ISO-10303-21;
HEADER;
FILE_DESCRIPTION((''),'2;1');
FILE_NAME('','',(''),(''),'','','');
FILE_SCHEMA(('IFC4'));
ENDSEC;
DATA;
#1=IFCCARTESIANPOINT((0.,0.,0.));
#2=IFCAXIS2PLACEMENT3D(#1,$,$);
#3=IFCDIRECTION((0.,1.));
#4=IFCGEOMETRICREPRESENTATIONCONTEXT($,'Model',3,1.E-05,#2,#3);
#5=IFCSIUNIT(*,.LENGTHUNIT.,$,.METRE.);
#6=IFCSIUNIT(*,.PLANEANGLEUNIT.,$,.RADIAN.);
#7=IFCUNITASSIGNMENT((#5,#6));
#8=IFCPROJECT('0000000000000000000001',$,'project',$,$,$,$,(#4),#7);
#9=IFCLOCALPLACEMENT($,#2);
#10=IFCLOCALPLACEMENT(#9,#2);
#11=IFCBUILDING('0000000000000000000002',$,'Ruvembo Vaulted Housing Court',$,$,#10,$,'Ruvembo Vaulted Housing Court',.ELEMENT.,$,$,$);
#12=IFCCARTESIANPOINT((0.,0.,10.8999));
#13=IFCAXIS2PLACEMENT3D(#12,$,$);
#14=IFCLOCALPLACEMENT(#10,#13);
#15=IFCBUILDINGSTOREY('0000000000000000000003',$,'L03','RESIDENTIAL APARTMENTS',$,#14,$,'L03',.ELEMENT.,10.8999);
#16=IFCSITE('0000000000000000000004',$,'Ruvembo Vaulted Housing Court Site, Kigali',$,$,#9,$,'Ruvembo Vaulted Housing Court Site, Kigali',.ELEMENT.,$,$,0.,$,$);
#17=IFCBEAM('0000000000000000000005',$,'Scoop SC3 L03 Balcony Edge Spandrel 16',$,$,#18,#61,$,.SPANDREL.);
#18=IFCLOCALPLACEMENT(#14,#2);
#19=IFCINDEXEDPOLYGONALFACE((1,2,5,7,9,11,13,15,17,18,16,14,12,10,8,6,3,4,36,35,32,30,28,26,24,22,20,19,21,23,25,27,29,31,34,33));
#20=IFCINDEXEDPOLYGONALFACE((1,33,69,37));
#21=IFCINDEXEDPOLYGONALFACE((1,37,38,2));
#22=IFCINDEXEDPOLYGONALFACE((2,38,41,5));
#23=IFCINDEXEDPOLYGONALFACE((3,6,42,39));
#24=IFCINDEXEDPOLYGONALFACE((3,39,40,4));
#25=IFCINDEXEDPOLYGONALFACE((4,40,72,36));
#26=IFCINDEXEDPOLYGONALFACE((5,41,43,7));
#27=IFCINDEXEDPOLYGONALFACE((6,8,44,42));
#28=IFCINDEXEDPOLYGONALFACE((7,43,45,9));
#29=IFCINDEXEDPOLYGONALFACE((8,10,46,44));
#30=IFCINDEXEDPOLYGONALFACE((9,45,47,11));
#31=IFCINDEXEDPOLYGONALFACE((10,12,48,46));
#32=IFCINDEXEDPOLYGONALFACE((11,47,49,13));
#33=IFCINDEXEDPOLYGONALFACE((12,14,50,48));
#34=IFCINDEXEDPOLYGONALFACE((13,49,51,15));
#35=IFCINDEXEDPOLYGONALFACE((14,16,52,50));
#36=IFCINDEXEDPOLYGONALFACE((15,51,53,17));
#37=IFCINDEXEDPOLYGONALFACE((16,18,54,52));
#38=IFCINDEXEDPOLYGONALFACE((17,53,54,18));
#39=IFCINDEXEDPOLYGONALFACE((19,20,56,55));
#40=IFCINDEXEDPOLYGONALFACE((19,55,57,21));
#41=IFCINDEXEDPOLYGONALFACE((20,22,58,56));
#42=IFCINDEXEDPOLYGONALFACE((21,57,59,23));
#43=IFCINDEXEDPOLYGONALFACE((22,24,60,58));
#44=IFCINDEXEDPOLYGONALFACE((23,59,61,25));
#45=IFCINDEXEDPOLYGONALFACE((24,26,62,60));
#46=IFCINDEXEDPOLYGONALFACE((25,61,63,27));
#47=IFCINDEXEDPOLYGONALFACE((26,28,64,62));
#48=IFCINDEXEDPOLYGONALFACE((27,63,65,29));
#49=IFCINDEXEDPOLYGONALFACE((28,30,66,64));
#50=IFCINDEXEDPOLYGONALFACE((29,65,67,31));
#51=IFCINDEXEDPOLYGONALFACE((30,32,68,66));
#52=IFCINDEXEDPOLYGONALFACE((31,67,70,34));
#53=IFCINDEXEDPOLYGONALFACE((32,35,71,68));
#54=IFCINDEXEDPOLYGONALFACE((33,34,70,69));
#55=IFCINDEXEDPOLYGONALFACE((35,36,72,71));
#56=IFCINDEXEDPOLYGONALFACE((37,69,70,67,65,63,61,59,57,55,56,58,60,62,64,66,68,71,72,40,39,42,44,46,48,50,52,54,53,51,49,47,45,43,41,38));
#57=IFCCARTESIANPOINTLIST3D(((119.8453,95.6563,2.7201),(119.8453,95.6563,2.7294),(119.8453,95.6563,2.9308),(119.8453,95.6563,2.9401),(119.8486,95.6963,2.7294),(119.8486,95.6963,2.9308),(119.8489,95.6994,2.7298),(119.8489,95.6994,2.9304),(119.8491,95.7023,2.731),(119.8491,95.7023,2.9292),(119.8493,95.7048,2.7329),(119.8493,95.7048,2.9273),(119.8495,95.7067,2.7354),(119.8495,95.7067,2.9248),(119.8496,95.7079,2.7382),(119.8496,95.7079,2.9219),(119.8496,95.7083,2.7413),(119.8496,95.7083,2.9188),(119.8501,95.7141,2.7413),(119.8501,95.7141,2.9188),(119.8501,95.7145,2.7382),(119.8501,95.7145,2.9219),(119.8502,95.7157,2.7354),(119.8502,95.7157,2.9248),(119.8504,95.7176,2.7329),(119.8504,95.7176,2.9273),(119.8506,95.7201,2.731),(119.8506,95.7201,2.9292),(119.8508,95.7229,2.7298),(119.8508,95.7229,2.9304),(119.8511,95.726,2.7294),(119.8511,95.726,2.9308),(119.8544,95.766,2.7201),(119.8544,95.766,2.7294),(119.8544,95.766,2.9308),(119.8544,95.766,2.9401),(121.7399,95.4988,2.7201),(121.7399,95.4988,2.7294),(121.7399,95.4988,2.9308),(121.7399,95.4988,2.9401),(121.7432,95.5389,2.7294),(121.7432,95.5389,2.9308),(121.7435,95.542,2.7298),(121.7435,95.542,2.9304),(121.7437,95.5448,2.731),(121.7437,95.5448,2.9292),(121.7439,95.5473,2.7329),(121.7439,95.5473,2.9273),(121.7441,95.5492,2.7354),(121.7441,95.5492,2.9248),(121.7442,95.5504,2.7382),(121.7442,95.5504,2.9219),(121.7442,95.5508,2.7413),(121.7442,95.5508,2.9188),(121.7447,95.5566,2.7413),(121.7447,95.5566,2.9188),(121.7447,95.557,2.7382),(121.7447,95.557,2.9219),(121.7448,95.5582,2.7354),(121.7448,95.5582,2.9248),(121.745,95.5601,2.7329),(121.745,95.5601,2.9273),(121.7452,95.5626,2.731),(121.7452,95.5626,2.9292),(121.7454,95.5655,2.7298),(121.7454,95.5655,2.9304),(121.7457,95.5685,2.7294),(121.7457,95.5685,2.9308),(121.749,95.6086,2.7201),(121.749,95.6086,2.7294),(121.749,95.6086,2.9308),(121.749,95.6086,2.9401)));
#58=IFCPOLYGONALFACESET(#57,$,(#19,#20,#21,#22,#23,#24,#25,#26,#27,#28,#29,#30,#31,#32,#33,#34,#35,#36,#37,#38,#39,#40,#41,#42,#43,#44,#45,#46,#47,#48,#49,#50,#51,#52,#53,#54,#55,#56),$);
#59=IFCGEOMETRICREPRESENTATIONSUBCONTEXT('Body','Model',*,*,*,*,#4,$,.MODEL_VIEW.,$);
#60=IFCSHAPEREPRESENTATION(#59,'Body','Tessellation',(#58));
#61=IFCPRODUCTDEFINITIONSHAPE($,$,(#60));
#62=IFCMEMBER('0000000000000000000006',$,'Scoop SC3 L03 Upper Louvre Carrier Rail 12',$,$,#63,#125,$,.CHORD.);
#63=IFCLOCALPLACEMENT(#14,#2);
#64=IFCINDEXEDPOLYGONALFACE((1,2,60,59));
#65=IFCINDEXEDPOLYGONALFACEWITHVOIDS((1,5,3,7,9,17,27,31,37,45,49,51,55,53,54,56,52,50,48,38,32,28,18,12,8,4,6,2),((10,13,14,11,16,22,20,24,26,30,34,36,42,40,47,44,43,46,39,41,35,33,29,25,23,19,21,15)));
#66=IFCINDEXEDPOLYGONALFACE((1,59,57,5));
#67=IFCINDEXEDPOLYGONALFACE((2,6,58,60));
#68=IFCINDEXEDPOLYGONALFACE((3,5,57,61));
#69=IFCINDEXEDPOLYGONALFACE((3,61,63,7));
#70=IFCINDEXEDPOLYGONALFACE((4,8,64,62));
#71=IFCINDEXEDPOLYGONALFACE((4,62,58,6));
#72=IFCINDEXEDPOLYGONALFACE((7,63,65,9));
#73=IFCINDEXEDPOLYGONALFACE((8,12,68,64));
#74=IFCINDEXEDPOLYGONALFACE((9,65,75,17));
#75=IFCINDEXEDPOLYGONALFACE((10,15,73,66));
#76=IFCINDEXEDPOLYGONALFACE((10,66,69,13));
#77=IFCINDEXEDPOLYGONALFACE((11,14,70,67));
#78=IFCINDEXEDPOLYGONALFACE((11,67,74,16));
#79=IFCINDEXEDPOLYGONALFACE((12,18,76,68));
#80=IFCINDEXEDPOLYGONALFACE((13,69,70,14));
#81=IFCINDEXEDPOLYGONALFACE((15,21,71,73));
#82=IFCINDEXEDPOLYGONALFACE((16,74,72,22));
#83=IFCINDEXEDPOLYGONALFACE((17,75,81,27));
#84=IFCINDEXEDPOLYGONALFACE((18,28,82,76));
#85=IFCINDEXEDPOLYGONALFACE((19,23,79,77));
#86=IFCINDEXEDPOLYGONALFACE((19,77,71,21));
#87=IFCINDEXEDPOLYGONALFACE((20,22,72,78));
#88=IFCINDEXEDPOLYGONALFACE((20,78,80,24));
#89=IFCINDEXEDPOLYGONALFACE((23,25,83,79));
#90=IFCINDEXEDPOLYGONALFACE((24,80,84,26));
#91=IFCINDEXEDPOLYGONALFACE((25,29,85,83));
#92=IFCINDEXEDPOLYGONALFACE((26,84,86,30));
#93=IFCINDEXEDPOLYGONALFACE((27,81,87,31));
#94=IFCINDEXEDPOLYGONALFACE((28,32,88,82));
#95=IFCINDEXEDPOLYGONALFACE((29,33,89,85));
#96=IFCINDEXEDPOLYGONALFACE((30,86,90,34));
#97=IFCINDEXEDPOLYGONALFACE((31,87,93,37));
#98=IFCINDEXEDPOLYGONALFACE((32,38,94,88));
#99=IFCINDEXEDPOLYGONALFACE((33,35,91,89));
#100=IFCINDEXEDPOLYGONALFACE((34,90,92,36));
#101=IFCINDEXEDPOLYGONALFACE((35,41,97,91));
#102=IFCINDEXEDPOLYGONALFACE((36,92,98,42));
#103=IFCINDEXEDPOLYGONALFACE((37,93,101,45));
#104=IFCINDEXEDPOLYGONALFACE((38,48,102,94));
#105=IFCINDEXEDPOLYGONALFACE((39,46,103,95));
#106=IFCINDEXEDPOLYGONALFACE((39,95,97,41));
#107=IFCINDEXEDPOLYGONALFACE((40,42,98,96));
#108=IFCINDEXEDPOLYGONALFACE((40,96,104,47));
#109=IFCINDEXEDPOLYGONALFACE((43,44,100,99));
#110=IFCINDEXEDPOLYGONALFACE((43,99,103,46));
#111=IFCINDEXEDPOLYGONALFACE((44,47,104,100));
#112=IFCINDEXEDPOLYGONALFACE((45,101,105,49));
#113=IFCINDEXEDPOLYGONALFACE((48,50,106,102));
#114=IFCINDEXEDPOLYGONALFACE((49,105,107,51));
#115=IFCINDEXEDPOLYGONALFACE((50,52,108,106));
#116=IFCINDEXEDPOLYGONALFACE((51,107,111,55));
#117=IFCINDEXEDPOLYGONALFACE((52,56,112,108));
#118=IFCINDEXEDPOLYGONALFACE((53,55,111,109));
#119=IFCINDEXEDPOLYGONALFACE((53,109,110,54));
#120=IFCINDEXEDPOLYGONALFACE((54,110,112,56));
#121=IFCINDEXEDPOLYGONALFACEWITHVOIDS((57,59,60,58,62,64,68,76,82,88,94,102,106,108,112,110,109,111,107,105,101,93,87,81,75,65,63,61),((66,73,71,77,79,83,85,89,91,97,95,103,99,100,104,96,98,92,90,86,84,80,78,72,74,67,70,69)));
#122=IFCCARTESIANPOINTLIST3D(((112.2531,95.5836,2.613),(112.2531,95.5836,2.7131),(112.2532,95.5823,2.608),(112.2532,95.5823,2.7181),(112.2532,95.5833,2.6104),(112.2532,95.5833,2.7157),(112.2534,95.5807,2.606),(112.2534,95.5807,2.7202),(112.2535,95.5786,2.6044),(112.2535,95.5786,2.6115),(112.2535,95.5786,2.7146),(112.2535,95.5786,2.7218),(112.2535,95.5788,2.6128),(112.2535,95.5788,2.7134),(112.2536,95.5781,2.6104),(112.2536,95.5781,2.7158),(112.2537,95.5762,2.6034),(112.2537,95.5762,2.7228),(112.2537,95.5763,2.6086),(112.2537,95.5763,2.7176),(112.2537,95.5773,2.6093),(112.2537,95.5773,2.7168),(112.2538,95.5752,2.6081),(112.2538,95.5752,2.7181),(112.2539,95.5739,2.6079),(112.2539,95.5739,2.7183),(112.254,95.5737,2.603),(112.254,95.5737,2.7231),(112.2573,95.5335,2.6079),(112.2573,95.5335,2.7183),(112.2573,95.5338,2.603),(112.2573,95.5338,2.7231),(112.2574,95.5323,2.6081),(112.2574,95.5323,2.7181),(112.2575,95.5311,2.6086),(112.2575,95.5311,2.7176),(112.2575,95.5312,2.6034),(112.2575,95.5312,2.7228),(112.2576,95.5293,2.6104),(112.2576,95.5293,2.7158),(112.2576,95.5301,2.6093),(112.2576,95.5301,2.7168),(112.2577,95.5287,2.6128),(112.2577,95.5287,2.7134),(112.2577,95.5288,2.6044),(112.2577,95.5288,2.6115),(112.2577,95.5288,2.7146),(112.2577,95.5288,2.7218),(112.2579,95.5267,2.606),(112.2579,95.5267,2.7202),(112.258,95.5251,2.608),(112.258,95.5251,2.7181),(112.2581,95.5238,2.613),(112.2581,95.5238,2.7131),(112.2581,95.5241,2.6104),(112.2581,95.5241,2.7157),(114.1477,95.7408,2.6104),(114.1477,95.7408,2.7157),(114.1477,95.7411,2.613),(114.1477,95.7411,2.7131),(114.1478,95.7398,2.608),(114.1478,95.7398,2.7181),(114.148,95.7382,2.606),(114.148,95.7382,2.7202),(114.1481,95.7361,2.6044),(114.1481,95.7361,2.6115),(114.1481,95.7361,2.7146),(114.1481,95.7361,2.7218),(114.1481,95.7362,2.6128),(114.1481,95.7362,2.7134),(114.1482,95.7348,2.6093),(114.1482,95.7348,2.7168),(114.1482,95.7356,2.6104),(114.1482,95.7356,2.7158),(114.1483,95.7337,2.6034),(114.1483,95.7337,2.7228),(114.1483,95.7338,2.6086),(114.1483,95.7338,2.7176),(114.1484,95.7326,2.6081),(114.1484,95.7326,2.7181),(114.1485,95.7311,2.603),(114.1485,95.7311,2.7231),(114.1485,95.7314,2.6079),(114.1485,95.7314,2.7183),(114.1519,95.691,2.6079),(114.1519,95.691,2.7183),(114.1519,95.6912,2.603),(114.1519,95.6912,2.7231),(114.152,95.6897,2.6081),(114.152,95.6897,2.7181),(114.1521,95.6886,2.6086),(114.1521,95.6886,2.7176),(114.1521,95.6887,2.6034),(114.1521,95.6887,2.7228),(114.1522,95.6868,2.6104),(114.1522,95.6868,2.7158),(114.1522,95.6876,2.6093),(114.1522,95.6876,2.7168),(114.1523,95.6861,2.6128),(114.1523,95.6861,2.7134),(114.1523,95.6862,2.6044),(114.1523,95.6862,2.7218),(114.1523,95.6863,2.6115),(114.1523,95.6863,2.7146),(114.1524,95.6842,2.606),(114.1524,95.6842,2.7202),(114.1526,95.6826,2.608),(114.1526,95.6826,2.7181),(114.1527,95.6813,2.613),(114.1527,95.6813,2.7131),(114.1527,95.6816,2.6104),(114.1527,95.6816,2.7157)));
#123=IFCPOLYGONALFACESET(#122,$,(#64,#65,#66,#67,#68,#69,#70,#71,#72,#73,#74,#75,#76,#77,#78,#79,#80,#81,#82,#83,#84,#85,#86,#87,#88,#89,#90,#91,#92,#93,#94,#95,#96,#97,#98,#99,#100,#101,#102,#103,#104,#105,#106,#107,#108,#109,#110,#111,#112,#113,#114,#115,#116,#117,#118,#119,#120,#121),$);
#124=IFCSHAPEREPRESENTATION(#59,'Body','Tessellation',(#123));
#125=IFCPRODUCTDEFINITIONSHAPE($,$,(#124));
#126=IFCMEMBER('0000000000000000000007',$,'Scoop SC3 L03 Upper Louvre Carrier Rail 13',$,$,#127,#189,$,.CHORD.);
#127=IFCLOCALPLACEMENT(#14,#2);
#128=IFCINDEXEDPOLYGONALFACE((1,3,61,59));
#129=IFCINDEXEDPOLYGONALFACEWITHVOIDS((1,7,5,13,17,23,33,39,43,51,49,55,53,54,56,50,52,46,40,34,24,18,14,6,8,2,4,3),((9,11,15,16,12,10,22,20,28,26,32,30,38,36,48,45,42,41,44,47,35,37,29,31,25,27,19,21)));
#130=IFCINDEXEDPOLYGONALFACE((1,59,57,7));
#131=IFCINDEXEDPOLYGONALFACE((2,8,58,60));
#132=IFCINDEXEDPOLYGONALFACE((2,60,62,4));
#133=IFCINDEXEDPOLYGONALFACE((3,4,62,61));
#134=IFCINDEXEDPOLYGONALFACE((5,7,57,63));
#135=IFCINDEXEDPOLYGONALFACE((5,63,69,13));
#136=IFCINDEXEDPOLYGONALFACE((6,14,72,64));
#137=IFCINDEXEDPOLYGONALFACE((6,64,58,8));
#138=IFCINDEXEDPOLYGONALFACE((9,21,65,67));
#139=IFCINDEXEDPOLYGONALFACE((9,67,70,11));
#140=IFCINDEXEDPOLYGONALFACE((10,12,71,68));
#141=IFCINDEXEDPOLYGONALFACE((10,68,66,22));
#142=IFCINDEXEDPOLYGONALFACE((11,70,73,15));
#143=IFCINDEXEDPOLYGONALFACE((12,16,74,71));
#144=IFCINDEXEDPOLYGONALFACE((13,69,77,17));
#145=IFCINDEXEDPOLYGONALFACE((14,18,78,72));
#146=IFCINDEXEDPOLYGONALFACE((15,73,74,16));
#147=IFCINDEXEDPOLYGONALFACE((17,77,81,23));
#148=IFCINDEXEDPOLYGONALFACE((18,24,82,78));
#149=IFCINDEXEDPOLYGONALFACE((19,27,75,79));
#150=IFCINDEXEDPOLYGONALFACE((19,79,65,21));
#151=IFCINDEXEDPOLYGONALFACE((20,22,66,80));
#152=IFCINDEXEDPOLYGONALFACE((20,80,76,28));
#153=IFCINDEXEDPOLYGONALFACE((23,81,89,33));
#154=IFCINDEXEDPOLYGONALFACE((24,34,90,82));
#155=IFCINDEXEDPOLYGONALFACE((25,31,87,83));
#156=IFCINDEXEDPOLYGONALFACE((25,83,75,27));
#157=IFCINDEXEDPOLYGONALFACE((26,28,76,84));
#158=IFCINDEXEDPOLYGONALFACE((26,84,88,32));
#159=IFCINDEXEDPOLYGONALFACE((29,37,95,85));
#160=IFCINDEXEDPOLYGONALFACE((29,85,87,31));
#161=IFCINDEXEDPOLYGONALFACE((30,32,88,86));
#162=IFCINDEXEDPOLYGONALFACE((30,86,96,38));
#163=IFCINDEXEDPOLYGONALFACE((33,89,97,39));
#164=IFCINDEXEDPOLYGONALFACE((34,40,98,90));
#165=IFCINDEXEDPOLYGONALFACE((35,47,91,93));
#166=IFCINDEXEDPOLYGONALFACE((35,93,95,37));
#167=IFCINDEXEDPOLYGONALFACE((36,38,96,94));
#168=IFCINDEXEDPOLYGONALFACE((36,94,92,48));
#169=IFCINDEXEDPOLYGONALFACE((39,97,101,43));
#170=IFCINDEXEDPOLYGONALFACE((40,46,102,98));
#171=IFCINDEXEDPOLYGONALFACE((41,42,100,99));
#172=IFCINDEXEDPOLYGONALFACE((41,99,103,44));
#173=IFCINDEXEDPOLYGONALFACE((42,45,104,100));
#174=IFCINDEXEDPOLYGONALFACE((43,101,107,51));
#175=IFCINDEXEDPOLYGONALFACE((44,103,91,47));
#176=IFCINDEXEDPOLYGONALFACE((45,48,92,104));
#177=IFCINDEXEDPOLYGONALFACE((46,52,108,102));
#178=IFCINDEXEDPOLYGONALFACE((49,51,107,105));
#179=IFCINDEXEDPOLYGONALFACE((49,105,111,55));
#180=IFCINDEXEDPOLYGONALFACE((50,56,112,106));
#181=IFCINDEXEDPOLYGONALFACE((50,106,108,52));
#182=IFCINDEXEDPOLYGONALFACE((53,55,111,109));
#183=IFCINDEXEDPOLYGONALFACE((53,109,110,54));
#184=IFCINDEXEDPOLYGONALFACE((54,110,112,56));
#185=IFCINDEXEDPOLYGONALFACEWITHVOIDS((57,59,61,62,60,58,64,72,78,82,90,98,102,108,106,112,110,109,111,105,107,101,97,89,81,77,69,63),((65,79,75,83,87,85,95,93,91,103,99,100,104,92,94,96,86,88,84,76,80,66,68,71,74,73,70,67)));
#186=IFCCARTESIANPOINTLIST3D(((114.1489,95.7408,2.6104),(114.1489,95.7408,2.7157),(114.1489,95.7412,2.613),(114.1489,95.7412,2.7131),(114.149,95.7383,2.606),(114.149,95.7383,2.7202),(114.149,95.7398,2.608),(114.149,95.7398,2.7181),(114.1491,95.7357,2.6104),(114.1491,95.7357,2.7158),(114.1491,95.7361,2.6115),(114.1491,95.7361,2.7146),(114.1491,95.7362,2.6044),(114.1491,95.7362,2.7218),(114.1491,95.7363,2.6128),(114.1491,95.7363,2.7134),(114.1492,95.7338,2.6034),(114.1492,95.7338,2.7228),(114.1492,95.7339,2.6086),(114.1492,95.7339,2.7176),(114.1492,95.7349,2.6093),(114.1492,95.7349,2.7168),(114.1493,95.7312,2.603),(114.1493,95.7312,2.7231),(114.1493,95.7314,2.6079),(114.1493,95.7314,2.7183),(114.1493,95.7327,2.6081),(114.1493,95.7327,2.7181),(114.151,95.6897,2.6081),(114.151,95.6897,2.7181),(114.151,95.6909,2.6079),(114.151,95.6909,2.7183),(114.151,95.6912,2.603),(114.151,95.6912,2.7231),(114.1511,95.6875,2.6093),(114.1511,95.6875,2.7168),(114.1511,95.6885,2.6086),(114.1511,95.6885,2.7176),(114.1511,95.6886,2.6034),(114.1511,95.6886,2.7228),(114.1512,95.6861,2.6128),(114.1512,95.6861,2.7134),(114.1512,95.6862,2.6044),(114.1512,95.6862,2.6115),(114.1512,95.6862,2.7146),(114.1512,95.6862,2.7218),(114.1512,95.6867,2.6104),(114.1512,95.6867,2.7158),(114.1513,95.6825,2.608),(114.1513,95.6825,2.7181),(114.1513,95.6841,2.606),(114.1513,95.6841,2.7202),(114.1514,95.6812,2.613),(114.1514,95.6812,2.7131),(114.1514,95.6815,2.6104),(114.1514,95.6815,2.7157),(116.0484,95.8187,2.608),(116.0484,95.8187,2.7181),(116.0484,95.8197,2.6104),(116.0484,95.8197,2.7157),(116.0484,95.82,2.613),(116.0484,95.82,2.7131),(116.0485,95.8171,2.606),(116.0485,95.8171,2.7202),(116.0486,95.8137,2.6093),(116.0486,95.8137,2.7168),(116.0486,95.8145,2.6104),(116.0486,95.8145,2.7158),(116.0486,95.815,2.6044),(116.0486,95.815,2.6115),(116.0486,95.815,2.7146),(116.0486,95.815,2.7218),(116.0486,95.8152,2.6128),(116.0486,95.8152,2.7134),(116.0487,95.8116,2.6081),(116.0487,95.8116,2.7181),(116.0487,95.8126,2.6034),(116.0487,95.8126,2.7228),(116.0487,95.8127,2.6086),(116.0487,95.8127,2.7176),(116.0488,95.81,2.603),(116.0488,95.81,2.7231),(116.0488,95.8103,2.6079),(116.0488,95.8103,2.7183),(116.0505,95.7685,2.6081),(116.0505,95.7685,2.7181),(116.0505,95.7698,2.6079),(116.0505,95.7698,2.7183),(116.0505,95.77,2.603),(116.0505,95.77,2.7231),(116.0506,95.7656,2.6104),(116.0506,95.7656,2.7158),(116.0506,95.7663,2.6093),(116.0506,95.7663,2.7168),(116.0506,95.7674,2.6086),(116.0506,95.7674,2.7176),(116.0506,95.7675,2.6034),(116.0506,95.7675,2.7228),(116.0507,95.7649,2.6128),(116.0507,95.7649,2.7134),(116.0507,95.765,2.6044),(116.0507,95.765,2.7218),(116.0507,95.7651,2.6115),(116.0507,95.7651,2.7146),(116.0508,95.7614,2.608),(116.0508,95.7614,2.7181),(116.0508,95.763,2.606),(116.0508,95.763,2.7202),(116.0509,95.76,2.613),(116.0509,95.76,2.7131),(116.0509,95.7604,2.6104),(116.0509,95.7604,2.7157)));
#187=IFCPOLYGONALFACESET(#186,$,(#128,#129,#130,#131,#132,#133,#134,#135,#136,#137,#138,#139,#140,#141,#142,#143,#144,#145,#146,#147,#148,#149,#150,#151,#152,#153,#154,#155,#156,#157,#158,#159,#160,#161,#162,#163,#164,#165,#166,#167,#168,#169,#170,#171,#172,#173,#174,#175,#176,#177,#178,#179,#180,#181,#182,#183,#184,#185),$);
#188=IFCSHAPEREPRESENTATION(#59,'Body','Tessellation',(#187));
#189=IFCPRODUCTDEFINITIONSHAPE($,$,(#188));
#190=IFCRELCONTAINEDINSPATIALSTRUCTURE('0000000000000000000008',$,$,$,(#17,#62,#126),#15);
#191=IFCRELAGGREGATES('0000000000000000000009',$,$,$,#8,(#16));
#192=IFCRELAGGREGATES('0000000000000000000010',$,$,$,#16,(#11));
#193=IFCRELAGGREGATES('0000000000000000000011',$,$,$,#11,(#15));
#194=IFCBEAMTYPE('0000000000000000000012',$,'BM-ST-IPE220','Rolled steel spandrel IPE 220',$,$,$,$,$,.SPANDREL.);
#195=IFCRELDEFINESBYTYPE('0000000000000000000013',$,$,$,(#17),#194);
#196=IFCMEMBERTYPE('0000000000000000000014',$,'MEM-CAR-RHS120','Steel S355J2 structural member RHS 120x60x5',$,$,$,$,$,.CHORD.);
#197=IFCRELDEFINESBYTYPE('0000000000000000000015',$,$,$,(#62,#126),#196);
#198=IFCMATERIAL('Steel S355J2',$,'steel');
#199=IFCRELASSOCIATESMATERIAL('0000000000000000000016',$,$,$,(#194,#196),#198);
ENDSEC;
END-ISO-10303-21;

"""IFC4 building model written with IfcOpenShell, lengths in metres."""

from ifc_helpers import new_model, si_unit, direction, frame, origin, origin_2d, place, context, subcontext, project, spatial, hollow_rectangle, i_section, extrude, material, material_profile, profile_set, type_object, element, save


model = new_model("IFC4")

# Units and contexts
model_context = context("Model", 3, precision=1e-05, world=origin(), true_north=direction((0.0, 1.0)))
body_context = subcontext(model_context, "Body", "Model", "MODEL_VIEW")
ifc_project = project(units=[si_unit("LENGTHUNIT", "METRE"), si_unit("PLANEANGLEUNIT", "RADIAN")], contexts=[model_context])

# Site, building, storey
site_placement = place(None, origin())
site = spatial("IfcSite", under=ifc_project, at=site_placement, Name="Ruvembo Vaulted Housing Court Site, Kigali", LongName="Ruvembo Vaulted Housing Court Site, Kigali", CompositionType="ELEMENT", RefElevation=0.0)
building_placement = place(site_placement, origin())
building = spatial("IfcBuilding", under=site, at=building_placement, Name="Ruvembo Vaulted Housing Court", LongName="Ruvembo Vaulted Housing Court", CompositionType="ELEMENT")
storey_placement = place(building_placement, frame((0.0, 0.0, 10.8999)))
storey = spatial("IfcBuildingStorey", under=building, at=storey_placement, Name="L03", Description="RESIDENTIAL APARTMENTS", LongName="L03", CompositionType="ELEMENT", Elevation=10.8999)

# Beam
ifc_material_1 = material(Name="Steel S355J2", Category="steel")
ifc_material_profile_1 = material_profile(ifc_material_1, i_section(OverallWidth=0.1101, OverallDepth=0.22, WebThickness=0.0059, FlangeThickness=0.0093, FilletRadius=0.012, at=origin_2d()), Name="IPE 220")
ifc_profile_set_1 = profile_set([ifc_material_profile_1], Name="Steel S355J2")
beam_type = type_object("IfcBeamType", Name="BM-ST-IPE220", Description="Rolled steel spandrel IPE 220", PredefinedType="SPANDREL", material=ifc_profile_set_1)
for number, where, z_axis, x_axis, name in (
    (1, (119.8499, 95.7112, 2.8301), (0.996563, -0.082833, 0.0), (0.082833, 0.996563, 0.0), "Scoop SC3 L03 Balcony Edge Spandrel 16"),
):
    element("IfcBeam", number, at=place(storey_placement, frame(where, z_axis=z_axis, x_axis=x_axis)), inside=storey, type_object=beam_type, Name=name, PredefinedType="SPANDREL", context=body_context, shape_type="SweptSolid", body=[
        extrude(i_section(OverallWidth=0.1101, OverallDepth=0.22, WebThickness=0.0059, FlangeThickness=0.0093, FilletRadius=0.012, at=origin_2d()), origin(), (0.0, 0.0, 1.0), 1.9011),
    ])

# Members
ifc_material_profile_2 = material_profile(ifc_material_1, hollow_rectangle(XDim=0.0601, YDim=0.1201, WallThickness=0.0049, InnerFilletRadius=0.0049, OuterFilletRadius=0.01, at=origin_2d()), Name="RHS 120x60x5")
ifc_profile_set_2 = profile_set([ifc_material_profile_2], Name="Steel S355J2")
member_type_1 = type_object("IfcMemberType", Name="MEM-CAR-RHS120", Description="Steel S355J2 structural member RHS 120x60x5", PredefinedType="CHORD", material=ifc_profile_set_2)
for number, where, z_axis, x_axis, name in (
    (2, (112.2556, 95.5537, 2.6631), (0.996563, 0.082833, 0.0), (-0.082833, 0.996563, 0.0), "Scoop SC3 L03 Upper Louvre Carrier Rail 12"),
    (3, (114.1501, 95.7112, 2.6631), (0.999139, 0.041481, 0.0), (-0.041481, 0.999139, 0.0), "Scoop SC3 L03 Upper Louvre Carrier Rail 13"),
):
    element("IfcMember", number, at=place(storey_placement, frame(where, z_axis=z_axis, x_axis=x_axis)), inside=storey, type_object=member_type_1, Name=name, PredefinedType="CHORD", context=body_context, shape_type="SweptSolid", body=[
        extrude(hollow_rectangle(XDim=0.0601, YDim=0.1201, WallThickness=0.0049, InnerFilletRadius=0.0049, OuterFilletRadius=0.01, at=origin_2d()), origin(), (0.0, 0.0, 1.0), 1.9011),
    ])

save(model, "model.ifc")
